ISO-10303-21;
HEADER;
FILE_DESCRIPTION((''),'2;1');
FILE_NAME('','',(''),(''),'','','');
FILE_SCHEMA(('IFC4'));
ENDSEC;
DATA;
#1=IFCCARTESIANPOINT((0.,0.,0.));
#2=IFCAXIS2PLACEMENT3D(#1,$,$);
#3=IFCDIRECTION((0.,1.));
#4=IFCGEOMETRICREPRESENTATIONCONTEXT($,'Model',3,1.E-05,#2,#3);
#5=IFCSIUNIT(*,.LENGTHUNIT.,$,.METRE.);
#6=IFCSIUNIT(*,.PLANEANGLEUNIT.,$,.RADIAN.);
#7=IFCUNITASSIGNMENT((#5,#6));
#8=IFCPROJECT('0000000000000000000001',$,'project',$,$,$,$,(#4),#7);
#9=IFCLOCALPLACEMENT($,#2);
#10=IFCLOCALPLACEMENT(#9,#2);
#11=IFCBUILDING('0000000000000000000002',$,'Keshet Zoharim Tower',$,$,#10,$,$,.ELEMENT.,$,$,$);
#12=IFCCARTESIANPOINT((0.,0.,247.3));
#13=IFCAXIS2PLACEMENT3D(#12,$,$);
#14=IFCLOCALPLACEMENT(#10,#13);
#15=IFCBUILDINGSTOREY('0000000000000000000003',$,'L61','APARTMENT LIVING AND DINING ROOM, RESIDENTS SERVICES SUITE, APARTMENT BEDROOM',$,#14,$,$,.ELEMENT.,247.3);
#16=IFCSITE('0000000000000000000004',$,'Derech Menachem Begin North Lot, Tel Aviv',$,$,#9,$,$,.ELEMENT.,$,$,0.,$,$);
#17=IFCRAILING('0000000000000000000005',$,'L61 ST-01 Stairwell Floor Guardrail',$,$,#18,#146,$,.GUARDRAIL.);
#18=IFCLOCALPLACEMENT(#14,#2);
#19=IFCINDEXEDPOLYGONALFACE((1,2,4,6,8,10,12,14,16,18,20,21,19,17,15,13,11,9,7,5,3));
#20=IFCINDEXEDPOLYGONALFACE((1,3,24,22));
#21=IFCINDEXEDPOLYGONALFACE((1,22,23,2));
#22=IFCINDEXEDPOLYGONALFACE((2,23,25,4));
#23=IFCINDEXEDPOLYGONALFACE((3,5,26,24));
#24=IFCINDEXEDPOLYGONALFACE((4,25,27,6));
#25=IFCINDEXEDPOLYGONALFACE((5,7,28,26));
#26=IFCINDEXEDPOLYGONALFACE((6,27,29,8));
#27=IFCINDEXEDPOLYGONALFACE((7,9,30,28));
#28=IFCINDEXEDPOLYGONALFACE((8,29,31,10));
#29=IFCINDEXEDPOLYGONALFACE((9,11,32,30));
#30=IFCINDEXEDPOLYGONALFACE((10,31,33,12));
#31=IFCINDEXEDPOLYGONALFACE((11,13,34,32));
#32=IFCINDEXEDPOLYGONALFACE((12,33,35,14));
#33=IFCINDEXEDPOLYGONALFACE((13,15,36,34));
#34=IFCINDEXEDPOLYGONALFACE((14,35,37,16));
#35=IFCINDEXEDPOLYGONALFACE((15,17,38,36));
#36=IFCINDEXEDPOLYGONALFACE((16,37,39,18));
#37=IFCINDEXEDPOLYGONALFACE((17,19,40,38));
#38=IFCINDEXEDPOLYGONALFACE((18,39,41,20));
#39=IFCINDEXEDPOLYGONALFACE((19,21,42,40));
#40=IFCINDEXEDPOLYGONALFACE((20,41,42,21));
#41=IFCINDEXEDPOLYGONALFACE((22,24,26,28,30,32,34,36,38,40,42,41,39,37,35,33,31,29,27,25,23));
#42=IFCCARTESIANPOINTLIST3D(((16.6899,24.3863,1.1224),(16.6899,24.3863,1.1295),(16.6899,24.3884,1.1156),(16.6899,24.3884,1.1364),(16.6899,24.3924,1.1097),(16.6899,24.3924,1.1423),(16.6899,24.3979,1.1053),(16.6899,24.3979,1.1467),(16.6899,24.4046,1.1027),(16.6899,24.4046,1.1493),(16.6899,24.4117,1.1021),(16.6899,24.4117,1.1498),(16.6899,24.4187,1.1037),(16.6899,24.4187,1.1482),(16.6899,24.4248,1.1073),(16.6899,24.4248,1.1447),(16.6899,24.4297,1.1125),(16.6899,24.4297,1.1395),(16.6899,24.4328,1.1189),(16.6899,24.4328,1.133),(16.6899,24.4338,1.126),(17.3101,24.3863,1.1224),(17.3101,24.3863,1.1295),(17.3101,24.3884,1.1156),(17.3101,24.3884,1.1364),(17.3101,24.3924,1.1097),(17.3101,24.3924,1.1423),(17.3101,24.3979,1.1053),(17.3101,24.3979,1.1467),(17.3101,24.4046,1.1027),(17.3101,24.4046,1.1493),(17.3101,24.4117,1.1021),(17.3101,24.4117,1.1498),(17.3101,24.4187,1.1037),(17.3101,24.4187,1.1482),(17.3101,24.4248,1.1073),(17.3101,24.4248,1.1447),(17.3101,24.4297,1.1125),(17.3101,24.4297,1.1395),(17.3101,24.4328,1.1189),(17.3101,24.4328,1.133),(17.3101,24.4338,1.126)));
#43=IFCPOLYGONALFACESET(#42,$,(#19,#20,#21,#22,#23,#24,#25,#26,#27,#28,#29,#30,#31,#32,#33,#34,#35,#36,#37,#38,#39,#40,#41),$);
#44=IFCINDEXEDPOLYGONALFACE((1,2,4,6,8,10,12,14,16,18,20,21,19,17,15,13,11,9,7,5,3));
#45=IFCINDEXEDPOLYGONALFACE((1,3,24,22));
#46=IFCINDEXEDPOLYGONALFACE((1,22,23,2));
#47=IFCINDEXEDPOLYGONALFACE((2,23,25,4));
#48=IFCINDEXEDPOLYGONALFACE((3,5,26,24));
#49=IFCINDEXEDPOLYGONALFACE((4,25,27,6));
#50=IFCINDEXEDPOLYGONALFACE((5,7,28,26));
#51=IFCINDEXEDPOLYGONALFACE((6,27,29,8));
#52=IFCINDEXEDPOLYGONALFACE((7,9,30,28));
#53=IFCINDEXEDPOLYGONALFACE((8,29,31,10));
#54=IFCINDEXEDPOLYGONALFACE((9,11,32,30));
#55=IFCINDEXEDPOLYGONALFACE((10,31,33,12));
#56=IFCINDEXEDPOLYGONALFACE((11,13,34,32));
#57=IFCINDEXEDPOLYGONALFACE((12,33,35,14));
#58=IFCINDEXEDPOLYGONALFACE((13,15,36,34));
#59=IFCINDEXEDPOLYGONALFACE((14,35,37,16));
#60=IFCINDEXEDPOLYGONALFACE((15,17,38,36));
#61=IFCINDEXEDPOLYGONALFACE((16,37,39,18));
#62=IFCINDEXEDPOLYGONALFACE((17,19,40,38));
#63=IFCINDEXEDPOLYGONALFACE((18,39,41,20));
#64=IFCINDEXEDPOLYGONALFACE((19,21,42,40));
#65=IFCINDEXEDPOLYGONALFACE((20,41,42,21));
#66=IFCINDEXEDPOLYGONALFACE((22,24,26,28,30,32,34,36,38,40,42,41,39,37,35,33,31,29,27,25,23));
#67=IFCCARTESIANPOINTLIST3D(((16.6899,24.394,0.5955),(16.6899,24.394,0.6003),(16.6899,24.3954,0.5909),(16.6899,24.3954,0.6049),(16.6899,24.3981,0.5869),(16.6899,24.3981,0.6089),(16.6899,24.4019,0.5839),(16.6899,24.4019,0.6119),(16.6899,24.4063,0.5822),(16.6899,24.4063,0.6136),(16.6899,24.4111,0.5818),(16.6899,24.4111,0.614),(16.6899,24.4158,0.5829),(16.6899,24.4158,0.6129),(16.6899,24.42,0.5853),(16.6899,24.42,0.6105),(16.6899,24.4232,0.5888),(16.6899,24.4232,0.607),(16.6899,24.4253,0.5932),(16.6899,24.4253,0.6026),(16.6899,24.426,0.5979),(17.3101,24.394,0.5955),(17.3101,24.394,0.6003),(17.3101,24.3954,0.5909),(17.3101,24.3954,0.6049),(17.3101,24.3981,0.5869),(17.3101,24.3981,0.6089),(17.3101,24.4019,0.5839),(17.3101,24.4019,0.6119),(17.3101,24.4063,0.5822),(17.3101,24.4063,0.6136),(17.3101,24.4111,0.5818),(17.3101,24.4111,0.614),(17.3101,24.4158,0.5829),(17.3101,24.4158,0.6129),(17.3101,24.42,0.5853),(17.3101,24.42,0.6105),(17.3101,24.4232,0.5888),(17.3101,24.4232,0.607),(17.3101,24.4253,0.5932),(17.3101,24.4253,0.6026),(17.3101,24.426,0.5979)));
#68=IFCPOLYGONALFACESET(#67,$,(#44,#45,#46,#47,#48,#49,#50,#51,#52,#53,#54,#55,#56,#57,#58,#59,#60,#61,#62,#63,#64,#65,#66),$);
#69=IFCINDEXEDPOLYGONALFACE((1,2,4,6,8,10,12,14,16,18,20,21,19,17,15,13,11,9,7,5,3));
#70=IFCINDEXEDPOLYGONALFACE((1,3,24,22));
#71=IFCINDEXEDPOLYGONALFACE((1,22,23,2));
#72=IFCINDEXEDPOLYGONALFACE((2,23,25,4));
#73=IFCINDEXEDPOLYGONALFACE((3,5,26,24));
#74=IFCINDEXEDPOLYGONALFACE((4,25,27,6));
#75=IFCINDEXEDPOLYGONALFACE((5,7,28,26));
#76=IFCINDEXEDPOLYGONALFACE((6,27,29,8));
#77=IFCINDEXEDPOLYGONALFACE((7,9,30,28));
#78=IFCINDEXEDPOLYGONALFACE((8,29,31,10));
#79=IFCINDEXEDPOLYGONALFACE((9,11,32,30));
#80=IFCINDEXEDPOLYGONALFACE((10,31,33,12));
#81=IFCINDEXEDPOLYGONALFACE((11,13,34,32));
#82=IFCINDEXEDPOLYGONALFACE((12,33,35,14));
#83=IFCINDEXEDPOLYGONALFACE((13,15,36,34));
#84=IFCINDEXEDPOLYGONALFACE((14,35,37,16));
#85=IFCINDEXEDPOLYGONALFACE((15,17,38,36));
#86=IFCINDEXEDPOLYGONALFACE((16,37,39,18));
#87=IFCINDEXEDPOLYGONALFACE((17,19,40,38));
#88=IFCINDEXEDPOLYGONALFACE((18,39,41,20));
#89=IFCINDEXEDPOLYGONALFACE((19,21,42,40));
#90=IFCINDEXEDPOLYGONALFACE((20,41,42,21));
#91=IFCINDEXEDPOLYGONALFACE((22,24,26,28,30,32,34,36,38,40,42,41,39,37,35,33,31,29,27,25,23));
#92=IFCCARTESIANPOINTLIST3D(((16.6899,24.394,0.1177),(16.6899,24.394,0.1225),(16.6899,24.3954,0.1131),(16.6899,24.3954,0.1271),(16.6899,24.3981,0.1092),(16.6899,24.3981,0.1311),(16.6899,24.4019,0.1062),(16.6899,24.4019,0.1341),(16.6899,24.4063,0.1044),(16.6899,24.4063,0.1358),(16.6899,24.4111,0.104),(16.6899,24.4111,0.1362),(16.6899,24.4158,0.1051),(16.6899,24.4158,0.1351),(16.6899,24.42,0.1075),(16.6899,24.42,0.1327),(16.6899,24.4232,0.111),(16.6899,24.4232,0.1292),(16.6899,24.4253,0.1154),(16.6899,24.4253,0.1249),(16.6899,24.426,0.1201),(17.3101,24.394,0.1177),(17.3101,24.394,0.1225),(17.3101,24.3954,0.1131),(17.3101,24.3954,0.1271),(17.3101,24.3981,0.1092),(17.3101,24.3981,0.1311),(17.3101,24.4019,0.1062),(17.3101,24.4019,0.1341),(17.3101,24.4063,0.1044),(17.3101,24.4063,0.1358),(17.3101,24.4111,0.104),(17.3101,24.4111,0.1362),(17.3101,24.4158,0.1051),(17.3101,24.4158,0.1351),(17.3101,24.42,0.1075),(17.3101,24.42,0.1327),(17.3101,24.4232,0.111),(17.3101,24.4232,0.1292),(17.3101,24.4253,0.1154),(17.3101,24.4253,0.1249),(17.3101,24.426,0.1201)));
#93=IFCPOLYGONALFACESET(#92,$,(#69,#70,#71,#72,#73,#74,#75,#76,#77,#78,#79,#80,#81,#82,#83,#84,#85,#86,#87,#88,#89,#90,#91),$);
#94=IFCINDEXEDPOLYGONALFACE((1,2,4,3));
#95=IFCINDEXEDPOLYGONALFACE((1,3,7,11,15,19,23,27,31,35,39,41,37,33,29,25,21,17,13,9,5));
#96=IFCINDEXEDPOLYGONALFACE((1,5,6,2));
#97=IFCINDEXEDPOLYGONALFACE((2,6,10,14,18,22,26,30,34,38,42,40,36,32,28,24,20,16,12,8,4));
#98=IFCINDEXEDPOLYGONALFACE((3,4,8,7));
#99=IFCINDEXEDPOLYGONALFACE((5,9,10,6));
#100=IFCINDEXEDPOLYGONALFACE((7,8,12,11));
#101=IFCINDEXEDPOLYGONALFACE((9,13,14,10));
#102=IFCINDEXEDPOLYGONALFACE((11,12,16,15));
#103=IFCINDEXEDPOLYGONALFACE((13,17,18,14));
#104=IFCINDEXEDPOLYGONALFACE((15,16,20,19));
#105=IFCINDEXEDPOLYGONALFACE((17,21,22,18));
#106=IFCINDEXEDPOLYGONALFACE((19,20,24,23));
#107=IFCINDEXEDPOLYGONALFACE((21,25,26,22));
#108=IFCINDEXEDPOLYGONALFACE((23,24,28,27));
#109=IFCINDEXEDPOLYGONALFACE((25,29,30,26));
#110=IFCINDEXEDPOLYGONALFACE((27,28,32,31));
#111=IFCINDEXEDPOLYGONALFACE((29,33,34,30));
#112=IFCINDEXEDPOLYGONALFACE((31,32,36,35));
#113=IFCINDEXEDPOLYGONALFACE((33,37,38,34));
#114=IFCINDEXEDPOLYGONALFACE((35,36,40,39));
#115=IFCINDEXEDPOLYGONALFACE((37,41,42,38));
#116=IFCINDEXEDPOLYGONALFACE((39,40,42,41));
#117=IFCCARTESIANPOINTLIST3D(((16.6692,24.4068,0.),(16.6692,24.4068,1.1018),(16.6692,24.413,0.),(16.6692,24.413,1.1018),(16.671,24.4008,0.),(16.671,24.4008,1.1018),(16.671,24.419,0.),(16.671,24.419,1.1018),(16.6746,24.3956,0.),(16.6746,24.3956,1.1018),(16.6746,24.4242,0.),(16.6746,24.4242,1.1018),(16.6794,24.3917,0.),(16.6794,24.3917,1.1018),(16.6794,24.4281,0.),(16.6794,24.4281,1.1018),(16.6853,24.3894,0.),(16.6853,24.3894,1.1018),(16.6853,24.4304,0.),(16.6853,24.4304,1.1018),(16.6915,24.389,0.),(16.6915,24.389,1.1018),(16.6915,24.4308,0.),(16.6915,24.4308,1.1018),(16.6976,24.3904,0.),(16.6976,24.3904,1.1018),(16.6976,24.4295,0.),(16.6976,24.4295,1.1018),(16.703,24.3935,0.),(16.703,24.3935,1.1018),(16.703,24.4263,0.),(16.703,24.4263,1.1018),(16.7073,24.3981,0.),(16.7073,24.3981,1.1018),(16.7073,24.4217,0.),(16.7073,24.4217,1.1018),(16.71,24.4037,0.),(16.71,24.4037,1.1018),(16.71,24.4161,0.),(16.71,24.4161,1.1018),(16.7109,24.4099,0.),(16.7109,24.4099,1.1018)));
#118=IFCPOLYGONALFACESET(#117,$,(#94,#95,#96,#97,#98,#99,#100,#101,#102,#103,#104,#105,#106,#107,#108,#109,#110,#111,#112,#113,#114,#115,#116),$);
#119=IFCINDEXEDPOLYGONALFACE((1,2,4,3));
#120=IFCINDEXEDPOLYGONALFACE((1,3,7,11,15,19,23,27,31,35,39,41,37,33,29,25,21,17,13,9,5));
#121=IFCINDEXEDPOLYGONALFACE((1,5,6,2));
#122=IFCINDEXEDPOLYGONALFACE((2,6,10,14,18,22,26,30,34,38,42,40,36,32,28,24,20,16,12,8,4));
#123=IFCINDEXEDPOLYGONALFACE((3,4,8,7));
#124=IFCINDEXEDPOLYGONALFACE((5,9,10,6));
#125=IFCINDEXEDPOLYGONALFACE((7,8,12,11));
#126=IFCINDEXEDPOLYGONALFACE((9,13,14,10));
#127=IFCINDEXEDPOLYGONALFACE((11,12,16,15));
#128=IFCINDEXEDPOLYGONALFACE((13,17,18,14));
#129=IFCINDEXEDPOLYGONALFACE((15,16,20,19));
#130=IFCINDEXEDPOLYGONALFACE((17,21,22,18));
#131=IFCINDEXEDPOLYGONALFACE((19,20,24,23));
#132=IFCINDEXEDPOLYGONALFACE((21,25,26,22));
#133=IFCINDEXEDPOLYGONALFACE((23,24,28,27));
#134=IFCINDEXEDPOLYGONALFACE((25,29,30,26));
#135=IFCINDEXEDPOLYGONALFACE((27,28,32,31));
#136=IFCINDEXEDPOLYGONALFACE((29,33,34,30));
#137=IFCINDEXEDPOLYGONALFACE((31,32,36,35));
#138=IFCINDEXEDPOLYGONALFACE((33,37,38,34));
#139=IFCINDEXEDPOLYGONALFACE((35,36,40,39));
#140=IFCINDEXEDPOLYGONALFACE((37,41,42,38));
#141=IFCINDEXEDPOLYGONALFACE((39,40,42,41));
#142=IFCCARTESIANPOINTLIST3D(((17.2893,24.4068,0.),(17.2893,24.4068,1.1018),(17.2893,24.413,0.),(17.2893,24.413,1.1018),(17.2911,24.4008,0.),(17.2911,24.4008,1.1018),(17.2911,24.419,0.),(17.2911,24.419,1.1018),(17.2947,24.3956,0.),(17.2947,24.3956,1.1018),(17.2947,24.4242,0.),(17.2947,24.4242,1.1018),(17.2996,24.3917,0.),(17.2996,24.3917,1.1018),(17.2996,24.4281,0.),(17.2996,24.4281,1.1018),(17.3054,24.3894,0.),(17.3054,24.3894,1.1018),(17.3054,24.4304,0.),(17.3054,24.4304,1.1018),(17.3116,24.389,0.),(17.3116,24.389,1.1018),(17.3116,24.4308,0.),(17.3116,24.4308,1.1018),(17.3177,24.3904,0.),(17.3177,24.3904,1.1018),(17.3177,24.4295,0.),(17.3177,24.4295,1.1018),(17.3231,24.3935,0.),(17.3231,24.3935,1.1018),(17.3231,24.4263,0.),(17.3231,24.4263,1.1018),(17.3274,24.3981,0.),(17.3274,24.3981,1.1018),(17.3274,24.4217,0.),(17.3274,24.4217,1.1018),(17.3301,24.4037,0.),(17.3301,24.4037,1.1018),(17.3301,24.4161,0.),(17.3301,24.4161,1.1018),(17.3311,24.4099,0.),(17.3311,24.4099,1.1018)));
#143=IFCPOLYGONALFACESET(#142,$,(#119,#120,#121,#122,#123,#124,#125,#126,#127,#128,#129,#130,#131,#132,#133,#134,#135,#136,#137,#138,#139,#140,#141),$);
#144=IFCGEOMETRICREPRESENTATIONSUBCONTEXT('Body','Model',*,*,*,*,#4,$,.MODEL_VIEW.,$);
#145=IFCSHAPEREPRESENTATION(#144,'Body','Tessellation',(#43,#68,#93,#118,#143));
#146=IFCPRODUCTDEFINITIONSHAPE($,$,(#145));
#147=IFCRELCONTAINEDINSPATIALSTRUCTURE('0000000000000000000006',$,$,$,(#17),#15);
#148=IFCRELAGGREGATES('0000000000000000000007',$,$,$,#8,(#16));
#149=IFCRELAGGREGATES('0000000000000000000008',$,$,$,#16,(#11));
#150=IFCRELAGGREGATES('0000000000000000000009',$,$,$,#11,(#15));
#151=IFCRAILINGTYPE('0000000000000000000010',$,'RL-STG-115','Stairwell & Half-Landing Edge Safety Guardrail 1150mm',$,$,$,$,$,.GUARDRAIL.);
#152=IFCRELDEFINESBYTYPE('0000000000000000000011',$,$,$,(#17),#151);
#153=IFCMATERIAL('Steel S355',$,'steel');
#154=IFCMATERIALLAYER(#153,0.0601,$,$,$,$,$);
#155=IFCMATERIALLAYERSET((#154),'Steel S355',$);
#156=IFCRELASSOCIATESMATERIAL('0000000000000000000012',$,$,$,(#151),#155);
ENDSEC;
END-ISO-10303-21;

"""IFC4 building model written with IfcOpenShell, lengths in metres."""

from ifc_helpers import new_model, si_unit, direction, frame, origin, origin_2d, place, context, subcontext, project, spatial, circle, extrude, material, layer, layer_set, type_object, element, save


model = new_model("IFC4")

# Units and contexts
model_context = context("Model", 3, precision=1e-05, world=origin(), true_north=direction((0.0, 1.0)))
body_context = subcontext(model_context, "Body", "Model", "MODEL_VIEW")
ifc_project = project(units=[si_unit("LENGTHUNIT", "METRE"), si_unit("PLANEANGLEUNIT", "RADIAN")], contexts=[model_context])

# Site, building, storey
site_placement = place(None, origin())
site = spatial("IfcSite", under=ifc_project, at=site_placement, Name="Derech Menachem Begin North Lot, Tel Aviv", CompositionType="ELEMENT", RefElevation=0.0)
building_placement = place(site_placement, origin())
building = spatial("IfcBuilding", under=site, at=building_placement, Name="Keshet Zoharim Tower", CompositionType="ELEMENT")
storey_placement = place(building_placement, frame((0.0, 0.0, 247.3)))
storey = spatial("IfcBuildingStorey", under=building, at=storey_placement, Name="L61", Description="APARTMENT LIVING AND DINING ROOM, RESIDENTS SERVICES SUITE, APARTMENT BEDROOM", CompositionType="ELEMENT", Elevation=247.3)

# Shared definitions
ifc_material_1 = material(Name="Steel S355", Category="steel")

# Railing
ifc_layer_1 = layer(ifc_material_1, 0.0601)
ifc_layer_set_1 = layer_set([ifc_layer_1], Name="Steel S355")
railing_type_1 = type_object("IfcRailingType", Name="RL-STG-115", Description="Stairwell & Half-Landing Edge Safety Guardrail 1150mm", PredefinedType="GUARDRAIL", material=ifc_layer_set_1)
railing_1_placement = place(storey_placement, frame((16.6899, 24.4099, 0.0)))
element("IfcRailing", 1, at=railing_1_placement, inside=storey, type_object=railing_type_1, Name="L61 ST-01 Stairwell Floor Guardrail", PredefinedType="GUARDRAIL", context=body_context, shape_type="SweptSolid", body=[
    extrude(circle(Radius=0.0239, at=origin_2d()), frame((0.0, 0.0, 1.126), z_axis=(1.0, 0.0, 0.0), x_axis=(0.0, 1.0, 0.0)), (0.0, 0.0, 1.0), 0.6201),
    extrude(circle(Radius=0.0161, at=origin_2d()), frame((0.0, 0.0, 0.5979), z_axis=(1.0, 0.0, 0.0), x_axis=(0.0, 1.0, 0.0)), (0.0, 0.0, 1.0), 0.6201),
    extrude(circle(Radius=0.0161, at=origin_2d()), frame((0.0, 0.0, 0.1201), z_axis=(1.0, 0.0, 0.0), x_axis=(0.0, 1.0, 0.0)), (0.0, 0.0, 1.0), 0.6201),
    extrude(circle(Radius=0.021, at=origin_2d()), origin(), (0.0, 0.0, 1.0), 1.1018),
    extrude(circle(Radius=0.021, at=origin_2d()), frame((0.6201, 0.0, 0.0)), (0.0, 0.0, 1.0), 1.1018),
])

save(model, "model.ifc")
